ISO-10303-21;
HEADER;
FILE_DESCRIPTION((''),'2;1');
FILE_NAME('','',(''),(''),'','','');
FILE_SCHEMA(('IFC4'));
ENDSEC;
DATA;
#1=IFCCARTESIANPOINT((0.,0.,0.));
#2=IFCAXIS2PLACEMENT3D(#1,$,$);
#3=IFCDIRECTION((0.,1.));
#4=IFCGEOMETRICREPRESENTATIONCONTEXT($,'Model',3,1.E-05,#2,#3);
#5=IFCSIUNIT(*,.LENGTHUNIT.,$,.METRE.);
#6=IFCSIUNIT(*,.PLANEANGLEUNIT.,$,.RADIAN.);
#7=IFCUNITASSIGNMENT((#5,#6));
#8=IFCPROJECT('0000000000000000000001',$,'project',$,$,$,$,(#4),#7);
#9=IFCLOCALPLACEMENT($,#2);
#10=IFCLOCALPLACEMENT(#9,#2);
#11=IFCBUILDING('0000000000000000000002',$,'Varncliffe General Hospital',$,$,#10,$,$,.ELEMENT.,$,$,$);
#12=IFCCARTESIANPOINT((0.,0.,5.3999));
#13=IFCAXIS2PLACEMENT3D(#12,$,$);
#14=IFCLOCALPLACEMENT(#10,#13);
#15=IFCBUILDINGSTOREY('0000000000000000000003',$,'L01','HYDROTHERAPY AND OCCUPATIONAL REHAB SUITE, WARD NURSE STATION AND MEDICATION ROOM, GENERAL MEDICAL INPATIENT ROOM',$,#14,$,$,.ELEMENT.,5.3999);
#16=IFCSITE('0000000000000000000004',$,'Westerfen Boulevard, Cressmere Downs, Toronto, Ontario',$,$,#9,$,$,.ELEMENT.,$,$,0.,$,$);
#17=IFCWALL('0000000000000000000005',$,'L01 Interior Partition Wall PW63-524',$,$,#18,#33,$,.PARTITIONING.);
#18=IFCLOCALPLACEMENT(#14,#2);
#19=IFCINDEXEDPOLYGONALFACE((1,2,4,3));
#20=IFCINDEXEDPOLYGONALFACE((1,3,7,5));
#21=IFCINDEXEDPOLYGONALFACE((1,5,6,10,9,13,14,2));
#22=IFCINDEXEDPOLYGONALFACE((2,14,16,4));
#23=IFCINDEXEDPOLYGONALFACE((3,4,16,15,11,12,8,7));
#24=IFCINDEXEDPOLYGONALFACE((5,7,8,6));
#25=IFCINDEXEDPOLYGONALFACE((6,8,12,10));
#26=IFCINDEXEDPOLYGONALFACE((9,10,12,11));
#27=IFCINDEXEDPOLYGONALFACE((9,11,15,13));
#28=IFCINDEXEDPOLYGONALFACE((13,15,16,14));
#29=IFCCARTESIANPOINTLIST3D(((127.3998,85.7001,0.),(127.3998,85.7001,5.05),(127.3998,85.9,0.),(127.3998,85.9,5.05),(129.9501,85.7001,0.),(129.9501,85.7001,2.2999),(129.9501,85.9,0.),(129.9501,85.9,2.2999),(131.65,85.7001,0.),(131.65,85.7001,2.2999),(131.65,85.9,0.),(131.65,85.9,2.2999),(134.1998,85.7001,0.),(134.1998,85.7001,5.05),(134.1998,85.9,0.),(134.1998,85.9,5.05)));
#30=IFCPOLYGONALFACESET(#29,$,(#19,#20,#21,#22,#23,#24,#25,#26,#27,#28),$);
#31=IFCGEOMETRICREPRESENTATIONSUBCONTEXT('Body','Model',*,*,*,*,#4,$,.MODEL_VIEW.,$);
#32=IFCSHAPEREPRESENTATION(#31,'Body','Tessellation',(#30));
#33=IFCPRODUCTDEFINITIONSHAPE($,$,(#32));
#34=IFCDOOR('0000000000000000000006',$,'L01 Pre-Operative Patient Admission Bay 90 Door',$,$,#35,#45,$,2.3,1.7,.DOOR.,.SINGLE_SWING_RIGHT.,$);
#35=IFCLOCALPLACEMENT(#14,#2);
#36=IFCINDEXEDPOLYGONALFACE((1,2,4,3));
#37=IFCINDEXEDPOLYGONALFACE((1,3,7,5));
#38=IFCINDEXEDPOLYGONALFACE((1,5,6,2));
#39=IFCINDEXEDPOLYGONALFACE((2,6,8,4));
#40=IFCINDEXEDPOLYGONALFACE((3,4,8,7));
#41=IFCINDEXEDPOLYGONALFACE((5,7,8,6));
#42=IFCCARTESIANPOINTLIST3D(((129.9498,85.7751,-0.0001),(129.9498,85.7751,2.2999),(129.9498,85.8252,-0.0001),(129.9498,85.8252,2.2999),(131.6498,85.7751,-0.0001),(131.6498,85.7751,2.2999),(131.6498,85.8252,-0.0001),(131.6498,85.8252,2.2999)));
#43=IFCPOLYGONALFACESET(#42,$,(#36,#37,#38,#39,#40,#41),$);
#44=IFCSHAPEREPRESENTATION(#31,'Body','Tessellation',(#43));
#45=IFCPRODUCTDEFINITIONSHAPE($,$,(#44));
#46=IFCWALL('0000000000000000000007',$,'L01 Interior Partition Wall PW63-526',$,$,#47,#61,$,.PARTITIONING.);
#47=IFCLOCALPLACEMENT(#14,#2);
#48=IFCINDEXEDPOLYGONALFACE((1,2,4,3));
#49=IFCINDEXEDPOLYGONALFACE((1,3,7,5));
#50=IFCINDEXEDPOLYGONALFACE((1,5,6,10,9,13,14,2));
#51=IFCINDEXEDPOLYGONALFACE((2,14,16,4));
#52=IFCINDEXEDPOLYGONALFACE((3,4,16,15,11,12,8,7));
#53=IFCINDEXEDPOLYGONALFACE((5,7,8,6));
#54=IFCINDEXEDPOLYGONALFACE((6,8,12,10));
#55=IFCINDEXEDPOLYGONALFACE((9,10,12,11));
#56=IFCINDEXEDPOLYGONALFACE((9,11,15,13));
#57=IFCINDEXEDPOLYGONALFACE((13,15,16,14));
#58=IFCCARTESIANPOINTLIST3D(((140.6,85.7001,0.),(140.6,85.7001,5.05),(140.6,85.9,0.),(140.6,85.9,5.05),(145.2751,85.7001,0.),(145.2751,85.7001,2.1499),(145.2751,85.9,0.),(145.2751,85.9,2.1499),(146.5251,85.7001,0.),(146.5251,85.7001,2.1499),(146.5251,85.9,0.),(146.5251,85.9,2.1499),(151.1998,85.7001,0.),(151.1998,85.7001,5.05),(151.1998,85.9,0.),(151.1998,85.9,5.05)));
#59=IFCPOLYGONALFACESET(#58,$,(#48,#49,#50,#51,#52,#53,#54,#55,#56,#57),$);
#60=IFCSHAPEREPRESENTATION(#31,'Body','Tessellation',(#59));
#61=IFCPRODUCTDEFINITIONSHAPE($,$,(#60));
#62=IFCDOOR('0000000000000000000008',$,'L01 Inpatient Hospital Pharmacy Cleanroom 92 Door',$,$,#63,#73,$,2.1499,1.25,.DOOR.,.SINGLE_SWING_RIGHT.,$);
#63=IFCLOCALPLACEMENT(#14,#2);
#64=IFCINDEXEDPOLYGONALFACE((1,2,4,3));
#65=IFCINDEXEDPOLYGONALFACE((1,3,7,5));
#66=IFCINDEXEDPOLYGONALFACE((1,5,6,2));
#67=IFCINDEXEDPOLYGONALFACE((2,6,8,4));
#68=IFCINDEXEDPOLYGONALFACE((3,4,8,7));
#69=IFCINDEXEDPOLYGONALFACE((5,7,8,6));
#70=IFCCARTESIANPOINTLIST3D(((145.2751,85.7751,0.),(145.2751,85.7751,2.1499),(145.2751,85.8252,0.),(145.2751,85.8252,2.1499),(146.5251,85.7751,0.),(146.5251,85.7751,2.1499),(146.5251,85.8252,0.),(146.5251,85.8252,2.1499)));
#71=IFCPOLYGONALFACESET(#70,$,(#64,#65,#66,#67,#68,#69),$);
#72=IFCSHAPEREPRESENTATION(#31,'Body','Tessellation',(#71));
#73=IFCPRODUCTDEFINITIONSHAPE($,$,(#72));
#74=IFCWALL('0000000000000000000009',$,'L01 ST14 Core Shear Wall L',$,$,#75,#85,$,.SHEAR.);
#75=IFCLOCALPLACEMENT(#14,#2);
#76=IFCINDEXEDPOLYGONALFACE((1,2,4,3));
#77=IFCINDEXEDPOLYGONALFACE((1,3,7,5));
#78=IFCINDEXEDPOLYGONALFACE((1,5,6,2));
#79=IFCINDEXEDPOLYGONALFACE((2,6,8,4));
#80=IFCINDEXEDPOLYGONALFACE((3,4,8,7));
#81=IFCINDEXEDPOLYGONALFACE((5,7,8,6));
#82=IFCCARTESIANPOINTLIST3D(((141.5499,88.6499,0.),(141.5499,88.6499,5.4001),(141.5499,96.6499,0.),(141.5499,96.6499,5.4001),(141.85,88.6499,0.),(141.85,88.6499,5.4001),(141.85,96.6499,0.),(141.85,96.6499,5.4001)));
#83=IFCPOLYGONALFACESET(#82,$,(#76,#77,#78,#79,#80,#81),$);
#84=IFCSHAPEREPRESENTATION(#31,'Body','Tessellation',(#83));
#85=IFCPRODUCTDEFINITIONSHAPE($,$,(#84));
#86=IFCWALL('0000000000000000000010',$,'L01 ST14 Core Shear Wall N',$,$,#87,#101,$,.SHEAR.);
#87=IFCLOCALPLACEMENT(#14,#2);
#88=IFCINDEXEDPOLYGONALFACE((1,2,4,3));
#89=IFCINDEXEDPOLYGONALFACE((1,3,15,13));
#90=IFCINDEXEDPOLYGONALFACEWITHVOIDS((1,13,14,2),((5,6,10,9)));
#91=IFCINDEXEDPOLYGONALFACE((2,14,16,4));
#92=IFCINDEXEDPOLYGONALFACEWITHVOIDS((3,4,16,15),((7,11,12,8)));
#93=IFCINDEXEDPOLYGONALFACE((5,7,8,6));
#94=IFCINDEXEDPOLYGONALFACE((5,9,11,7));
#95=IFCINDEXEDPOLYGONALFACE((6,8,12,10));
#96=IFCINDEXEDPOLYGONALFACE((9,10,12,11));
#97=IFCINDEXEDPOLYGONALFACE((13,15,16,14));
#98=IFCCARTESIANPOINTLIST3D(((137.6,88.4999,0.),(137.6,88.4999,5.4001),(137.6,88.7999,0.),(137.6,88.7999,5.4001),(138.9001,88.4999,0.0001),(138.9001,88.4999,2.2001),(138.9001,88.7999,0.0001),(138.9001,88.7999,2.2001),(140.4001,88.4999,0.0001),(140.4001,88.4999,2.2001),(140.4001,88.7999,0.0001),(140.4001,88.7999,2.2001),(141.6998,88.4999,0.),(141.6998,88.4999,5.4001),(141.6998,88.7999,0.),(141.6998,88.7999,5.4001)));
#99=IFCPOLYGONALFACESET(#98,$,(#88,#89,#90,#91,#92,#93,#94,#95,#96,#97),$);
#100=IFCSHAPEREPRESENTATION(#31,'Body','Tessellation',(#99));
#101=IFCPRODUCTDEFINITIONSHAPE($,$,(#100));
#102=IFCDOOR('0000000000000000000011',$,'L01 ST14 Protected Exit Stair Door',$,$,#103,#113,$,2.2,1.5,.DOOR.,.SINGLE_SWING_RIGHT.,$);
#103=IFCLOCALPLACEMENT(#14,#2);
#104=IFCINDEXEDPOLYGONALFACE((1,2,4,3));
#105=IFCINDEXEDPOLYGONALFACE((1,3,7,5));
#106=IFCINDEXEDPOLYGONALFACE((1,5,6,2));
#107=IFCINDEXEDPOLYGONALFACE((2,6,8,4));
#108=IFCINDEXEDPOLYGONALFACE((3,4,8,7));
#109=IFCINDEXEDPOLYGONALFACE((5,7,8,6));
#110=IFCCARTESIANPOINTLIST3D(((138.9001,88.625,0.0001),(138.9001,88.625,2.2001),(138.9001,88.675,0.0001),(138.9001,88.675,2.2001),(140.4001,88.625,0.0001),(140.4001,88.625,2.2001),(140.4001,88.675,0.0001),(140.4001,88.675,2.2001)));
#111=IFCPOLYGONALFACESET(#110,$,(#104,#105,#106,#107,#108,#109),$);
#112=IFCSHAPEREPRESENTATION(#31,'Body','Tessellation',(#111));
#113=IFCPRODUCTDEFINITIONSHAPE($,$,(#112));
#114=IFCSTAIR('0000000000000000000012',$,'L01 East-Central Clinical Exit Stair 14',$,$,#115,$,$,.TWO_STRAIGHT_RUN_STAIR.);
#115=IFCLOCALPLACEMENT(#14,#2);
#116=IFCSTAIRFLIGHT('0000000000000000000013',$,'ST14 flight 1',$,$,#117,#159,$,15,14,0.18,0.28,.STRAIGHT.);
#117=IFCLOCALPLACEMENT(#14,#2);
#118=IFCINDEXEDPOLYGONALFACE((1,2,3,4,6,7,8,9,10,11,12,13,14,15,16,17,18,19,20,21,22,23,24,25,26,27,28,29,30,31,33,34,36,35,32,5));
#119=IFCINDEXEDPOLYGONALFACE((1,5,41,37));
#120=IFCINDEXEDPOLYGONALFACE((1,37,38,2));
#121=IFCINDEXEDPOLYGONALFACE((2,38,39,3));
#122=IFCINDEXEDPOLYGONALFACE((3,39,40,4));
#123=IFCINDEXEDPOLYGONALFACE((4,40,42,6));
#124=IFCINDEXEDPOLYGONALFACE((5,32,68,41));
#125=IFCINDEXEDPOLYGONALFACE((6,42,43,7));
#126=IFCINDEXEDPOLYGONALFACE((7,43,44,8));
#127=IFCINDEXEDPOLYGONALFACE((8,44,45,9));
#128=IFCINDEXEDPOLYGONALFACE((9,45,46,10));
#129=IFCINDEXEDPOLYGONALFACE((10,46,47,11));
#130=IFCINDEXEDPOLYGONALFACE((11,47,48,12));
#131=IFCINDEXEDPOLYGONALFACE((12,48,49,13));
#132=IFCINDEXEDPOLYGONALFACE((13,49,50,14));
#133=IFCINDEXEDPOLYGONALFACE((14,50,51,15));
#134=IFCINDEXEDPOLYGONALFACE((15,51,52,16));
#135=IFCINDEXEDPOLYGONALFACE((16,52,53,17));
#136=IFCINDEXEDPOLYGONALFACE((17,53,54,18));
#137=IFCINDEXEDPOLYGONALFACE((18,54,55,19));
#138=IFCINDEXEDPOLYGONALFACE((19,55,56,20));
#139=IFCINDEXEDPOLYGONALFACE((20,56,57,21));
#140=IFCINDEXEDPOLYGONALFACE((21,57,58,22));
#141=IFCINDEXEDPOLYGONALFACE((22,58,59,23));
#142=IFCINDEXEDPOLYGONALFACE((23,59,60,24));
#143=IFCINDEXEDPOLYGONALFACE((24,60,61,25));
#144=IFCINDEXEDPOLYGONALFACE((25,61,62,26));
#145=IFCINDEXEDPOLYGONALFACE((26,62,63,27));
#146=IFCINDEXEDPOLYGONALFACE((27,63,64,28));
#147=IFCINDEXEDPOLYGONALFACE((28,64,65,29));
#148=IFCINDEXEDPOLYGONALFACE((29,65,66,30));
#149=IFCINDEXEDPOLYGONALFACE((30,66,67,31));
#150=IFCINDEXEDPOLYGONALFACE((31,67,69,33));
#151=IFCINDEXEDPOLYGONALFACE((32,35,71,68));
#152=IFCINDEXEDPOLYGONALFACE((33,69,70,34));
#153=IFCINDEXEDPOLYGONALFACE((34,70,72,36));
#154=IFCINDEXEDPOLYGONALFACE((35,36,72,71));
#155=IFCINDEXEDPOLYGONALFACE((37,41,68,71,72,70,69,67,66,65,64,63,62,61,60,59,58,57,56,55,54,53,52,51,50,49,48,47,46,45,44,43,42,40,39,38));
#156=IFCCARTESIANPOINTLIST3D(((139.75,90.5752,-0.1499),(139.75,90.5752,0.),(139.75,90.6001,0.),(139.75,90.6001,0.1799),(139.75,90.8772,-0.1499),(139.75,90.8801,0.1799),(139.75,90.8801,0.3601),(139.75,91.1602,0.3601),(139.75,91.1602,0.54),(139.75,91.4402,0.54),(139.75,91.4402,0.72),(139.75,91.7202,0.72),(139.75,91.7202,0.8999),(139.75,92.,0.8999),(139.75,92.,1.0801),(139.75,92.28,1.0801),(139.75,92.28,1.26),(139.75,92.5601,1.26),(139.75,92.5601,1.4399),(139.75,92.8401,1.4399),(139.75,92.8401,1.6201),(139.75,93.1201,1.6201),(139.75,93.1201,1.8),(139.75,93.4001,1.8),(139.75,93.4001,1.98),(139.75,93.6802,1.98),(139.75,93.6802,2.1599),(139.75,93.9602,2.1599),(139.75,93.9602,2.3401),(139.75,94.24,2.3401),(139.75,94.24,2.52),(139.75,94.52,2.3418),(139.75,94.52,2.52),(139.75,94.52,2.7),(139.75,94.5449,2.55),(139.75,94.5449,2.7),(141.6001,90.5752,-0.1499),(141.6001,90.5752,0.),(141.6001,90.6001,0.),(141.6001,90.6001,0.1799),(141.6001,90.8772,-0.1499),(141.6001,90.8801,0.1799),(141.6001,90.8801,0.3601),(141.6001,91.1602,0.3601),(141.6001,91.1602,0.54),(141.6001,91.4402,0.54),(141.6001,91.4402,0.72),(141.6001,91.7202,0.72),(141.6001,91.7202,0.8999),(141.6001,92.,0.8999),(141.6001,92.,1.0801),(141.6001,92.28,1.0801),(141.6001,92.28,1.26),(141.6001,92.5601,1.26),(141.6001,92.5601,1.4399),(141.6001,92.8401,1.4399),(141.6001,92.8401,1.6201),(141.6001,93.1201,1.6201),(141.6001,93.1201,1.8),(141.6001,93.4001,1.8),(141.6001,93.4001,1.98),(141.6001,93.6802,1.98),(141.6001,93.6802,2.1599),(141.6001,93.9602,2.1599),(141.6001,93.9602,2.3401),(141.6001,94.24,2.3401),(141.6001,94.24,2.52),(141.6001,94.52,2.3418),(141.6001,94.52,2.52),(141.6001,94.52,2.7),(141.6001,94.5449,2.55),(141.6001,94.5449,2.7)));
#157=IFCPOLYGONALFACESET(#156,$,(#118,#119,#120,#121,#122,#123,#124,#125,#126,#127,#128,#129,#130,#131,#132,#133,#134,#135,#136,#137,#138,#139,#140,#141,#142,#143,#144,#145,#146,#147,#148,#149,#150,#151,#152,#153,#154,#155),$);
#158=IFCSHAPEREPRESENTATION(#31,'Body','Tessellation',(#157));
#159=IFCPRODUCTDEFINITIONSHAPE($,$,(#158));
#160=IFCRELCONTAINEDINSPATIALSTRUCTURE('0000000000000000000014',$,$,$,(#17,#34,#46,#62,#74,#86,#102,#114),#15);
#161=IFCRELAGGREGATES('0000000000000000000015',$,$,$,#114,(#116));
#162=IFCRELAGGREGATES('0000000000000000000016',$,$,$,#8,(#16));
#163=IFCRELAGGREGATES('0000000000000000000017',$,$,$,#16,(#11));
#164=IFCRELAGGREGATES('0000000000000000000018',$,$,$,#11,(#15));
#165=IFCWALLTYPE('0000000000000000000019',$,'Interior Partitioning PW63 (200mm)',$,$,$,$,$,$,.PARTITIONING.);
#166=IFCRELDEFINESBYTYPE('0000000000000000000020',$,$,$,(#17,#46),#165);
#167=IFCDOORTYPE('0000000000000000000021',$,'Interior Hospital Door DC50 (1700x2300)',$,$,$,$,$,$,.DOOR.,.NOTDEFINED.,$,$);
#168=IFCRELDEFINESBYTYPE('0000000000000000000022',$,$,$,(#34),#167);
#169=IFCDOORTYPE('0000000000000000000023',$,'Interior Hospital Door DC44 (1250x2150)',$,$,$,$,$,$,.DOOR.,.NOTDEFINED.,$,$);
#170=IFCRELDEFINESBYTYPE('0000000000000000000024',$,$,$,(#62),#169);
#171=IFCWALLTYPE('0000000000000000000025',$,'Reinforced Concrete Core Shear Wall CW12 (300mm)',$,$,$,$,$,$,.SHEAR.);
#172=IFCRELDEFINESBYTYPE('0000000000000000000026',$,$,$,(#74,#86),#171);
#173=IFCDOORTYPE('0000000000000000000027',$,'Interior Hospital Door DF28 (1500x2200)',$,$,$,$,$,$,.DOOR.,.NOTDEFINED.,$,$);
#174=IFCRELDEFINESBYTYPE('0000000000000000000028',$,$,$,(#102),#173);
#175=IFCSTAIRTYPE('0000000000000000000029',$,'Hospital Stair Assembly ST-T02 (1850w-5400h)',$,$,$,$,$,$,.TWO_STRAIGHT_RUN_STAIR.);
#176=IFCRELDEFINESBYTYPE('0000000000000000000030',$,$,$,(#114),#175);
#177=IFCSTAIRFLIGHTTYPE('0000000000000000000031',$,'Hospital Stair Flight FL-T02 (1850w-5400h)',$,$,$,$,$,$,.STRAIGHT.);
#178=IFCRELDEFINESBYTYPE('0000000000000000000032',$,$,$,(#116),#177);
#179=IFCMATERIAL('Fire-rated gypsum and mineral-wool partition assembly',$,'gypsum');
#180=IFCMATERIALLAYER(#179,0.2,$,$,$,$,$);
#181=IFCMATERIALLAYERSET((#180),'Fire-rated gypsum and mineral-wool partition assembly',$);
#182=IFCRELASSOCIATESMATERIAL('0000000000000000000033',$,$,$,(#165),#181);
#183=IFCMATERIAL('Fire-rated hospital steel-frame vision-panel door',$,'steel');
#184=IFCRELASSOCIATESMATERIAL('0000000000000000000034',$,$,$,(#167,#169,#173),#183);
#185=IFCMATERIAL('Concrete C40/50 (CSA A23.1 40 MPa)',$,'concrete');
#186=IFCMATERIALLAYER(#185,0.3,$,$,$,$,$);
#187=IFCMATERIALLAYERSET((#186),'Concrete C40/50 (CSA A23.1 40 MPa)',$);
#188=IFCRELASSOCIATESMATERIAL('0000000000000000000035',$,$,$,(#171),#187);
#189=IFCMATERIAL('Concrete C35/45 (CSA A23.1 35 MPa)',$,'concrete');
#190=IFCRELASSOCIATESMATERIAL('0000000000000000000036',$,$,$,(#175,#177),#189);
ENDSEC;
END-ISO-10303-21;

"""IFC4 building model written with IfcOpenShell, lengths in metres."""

from ifc_helpers import new_model, si_unit, direction, frame, frame_2d, origin, place, context, subcontext, project, spatial, polyline, rectangle, outline, extrude, material, layer, layer_set, type_object, element, fill, aggregate, save


model = new_model("IFC4")

# Units and contexts
model_context = context("Model", 3, precision=1e-05, world=origin(), true_north=direction((0.0, 1.0)))
body_context = subcontext(model_context, "Body", "Model", "MODEL_VIEW")
ifc_project = project(units=[si_unit("LENGTHUNIT", "METRE"), si_unit("PLANEANGLEUNIT", "RADIAN")], contexts=[model_context])

# Site, building, storey
site_placement = place(None, origin())
site = spatial("IfcSite", under=ifc_project, at=site_placement, Name="Westerfen Boulevard, Cressmere Downs, Toronto, Ontario", CompositionType="ELEMENT", RefElevation=0.0)
building_placement = place(site_placement, origin())
building = spatial("IfcBuilding", under=site, at=building_placement, Name="Varncliffe General Hospital", CompositionType="ELEMENT")
storey_placement = place(building_placement, frame((0.0, 0.0, 5.3999)))
storey = spatial("IfcBuildingStorey", under=building, at=storey_placement, Name="L01", Description="HYDROTHERAPY AND OCCUPATIONAL REHAB SUITE, WARD NURSE STATION AND MEDICATION ROOM, GENERAL MEDICAL INPATIENT ROOM", CompositionType="ELEMENT", Elevation=5.3999)

# Shared definitions
ifc_material_1 = material(Name="Concrete C40/50 (CSA A23.1 40 MPa)", Category="concrete")

# Shared definitions
ifc_material_2 = material(Name="Concrete C35/45 (CSA A23.1 35 MPa)", Category="concrete")

# Shared definitions
ifc_material_3 = material(Name="Fire-rated gypsum and mineral-wool partition assembly", Category="gypsum")
ifc_material_4 = material(Name="Fire-rated hospital steel-frame vision-panel door", Category="steel")

# Walls, openings, doors
ifc_layer_1 = layer(ifc_material_3, 0.2)
ifc_layer_set_1 = layer_set([ifc_layer_1], Name="Fire-rated gypsum and mineral-wool partition assembly")
wall_type_1 = type_object("IfcWallType", Name="Interior Partitioning PW63 (200mm)", PredefinedType="PARTITIONING", material=ifc_layer_set_1)
wall_1_placement = place(storey_placement, frame((127.3999, 85.8, 0.0), z_axis=(0.0, 0.0, 1.0), x_axis=(1.0, 0.0, 0.0)))
wall_1 = element("IfcWall", 1, at=wall_1_placement, inside=storey, type_object=wall_type_1, Name="L01 Interior Partition Wall PW63-524", PredefinedType="PARTITIONING", context=body_context, shape_type="SweptSolid", body=[
    extrude(rectangle(XDim=6.8, YDim=0.2, at=frame_2d((3.3999, 0.0))), origin(), (0.0, 0.0, 1.0), 5.05),
])
opening_1_placement = place(wall_1_placement, frame((2.55, 0.0, 0.0)))
opening_1 = element("IfcOpeningElement", 2, at=opening_1_placement, cuts=wall_1, PredefinedType="OPENING", context=body_context, shape_type="SweptSolid", body=[
    extrude(rectangle(XDim=1.7, YDim=2.3, at=frame_2d((0.8501, 1.1499))), frame((0.0, 0.1099, 0.0), z_axis=(0.0, -1.0, 0.0), x_axis=(1.0, 0.0, 0.0)), (0.0, 0.0, 1.0), 0.22),
])
door_type_1 = type_object("IfcDoorType", Name="Interior Hospital Door DC50 (1700x2300)", OperationType="NOTDEFINED", PredefinedType="DOOR", material=ifc_material_4)
door_1_placement = place(opening_1_placement, frame((1.7, 0.0, 0.0), z_axis=(0.0, 0.0, 1.0), x_axis=(-1.0, 0.0, 0.0)))
door_1 = element("IfcDoor", 3, at=door_1_placement, inside=storey, type_object=door_type_1, Name="L01 Pre-Operative Patient Admission Bay 90 Door", OperationType="SINGLE_SWING_RIGHT", OverallHeight=2.3, OverallWidth=1.7, PredefinedType="DOOR", context=body_context, shape_type="SweptSolid", body=[
    extrude(rectangle(XDim=1.7, YDim=2.3, at=frame_2d((0.8501, 1.1499))), frame((0.0, 0.0249, 0.0), z_axis=(0.0, -1.0, 0.0), x_axis=(1.0, 0.0, 0.0)), (0.0, 0.0, 1.0), 0.05),
])
fill(opening_1, door_1)
wall_2_placement = place(storey_placement, frame((140.6001, 85.8, 0.0), z_axis=(0.0, 0.0, 1.0), x_axis=(1.0, 0.0, 0.0)))
wall_2 = element("IfcWall", 4, at=wall_2_placement, inside=storey, type_object=wall_type_1, Name="L01 Interior Partition Wall PW63-526", PredefinedType="PARTITIONING", context=body_context, shape_type="SweptSolid", body=[
    extrude(rectangle(XDim=10.5999, YDim=0.2, at=frame_2d((5.2998, 0.0))), origin(), (0.0, 0.0, 1.0), 5.05),
])
opening_2_placement = place(wall_2_placement, frame((4.675, 0.0, 0.0)))
opening_2 = element("IfcOpeningElement", 5, at=opening_2_placement, cuts=wall_2, PredefinedType="OPENING", context=body_context, shape_type="SweptSolid", body=[
    extrude(rectangle(XDim=1.25, YDim=2.1499, at=frame_2d((0.625, 1.075))), frame((0.0, 0.1099, 0.0), z_axis=(0.0, -1.0, 0.0), x_axis=(1.0, 0.0, 0.0)), (0.0, 0.0, 1.0), 0.22),
])
door_type_2 = type_object("IfcDoorType", Name="Interior Hospital Door DC44 (1250x2150)", OperationType="NOTDEFINED", PredefinedType="DOOR", material=ifc_material_4)
door_2_placement = place(opening_2_placement, frame((1.25, 0.0, 0.0), z_axis=(0.0, 0.0, 1.0), x_axis=(-1.0, 0.0, 0.0)))
door_2 = element("IfcDoor", 6, at=door_2_placement, inside=storey, type_object=door_type_2, Name="L01 Inpatient Hospital Pharmacy Cleanroom 92 Door", OperationType="SINGLE_SWING_RIGHT", OverallHeight=2.1499, OverallWidth=1.25, PredefinedType="DOOR", context=body_context, shape_type="SweptSolid", body=[
    extrude(rectangle(XDim=1.25, YDim=2.1499, at=frame_2d((0.625, 1.075))), frame((0.0, 0.0249, 0.0), z_axis=(0.0, -1.0, 0.0), x_axis=(1.0, 0.0, 0.0)), (0.0, 0.0, 1.0), 0.05),
])
fill(opening_2, door_2)

# Wall
ifc_layer_2 = layer(ifc_material_1, 0.3)
ifc_layer_set_2 = layer_set([ifc_layer_2], Name="Concrete C40/50 (CSA A23.1 40 MPa)")
wall_type_2 = type_object("IfcWallType", Name="Reinforced Concrete Core Shear Wall CW12 (300mm)", PredefinedType="SHEAR", material=ifc_layer_set_2)
wall_3_placement = place(storey_placement, frame((141.7, 88.6499, 0.0), z_axis=(0.0, 0.0, 1.0), x_axis=(0.0, 1.0, 0.0)))
element("IfcWall", 7, at=wall_3_placement, inside=storey, type_object=wall_type_2, Name="L01 ST14 Core Shear Wall L", PredefinedType="SHEAR", context=body_context, shape_type="SweptSolid", body=[
    extrude(rectangle(XDim=8.0, YDim=0.3, at=frame_2d((4.0, 0.0))), origin(), (0.0, 0.0, 1.0), 5.4001),
])

# Wall, opening, door
wall_4_placement = place(storey_placement, frame((137.6001, 88.6499, 0.0), z_axis=(0.0, 0.0, 1.0), x_axis=(1.0, 0.0, 0.0)))
wall_4 = element("IfcWall", 8, at=wall_4_placement, inside=storey, type_object=wall_type_2, Name="L01 ST14 Core Shear Wall N", PredefinedType="SHEAR", context=body_context, shape_type="SweptSolid", body=[
    extrude(rectangle(XDim=4.0999, YDim=0.3, at=frame_2d((2.0498, 0.0))), origin(), (0.0, 0.0, 1.0), 5.4001),
])
opening_3_placement = place(wall_4_placement, frame((1.3, 0.0, 0.0)))
opening_3 = element("IfcOpeningElement", 9, at=opening_3_placement, cuts=wall_4, PredefinedType="OPENING", context=body_context, shape_type="SweptSolid", body=[
    extrude(rectangle(XDim=1.5, YDim=2.2, at=frame_2d((0.75, 1.1001))), frame((0.0, 0.1602, 0.0), z_axis=(0.0, -1.0, 0.0), x_axis=(1.0, 0.0, 0.0)), (0.0, 0.0, 1.0), 0.3201),
])
door_type_3 = type_object("IfcDoorType", Name="Interior Hospital Door DF28 (1500x2200)", OperationType="NOTDEFINED", PredefinedType="DOOR", material=ifc_material_4)
door_3_placement = place(opening_3_placement, frame((1.5, 0.0, 0.0), z_axis=(0.0, 0.0, 1.0), x_axis=(-1.0, 0.0, 0.0)))
door_3 = element("IfcDoor", 10, at=door_3_placement, inside=storey, type_object=door_type_3, Name="L01 ST14 Protected Exit Stair Door", OperationType="SINGLE_SWING_RIGHT", OverallHeight=2.2, OverallWidth=1.5, PredefinedType="DOOR", context=body_context, shape_type="SweptSolid", body=[
    extrude(rectangle(XDim=1.5, YDim=2.2, at=frame_2d((0.75, 1.1001))), frame((0.0, 0.0249, 0.0), z_axis=(0.0, -1.0, 0.0), x_axis=(1.0, 0.0, 0.0)), (0.0, 0.0, 1.0), 0.05),
])
fill(opening_3, door_3)

# Stair, stair flight
stair_type = type_object("IfcStairType", Name="Hospital Stair Assembly ST-T02 (1850w-5400h)", PredefinedType="TWO_STRAIGHT_RUN_STAIR", material=ifc_material_2)
stair_placement = place(storey_placement, origin())
stair = element("IfcStair", 11, at=stair_placement, inside=storey, type_object=stair_type, Name="L01 East-Central Clinical Exit Stair 14", PredefinedType="TWO_STRAIGHT_RUN_STAIR")
stair_flight_type = type_object("IfcStairFlightType", Name="Hospital Stair Flight FL-T02 (1850w-5400h)", PredefinedType="STRAIGHT", material=ifc_material_2)
stair_flight_placement = place(storey_placement, frame((140.675, 90.6001, 0.0), z_axis=(0.0, 0.0, 1.0), x_axis=(0.0, 1.0, 0.0)))
stair_flight = element("IfcStairFlight", 12, at=stair_flight_placement, type_object=stair_flight_type, Name="ST14 flight 1", NumberOfRisers=15, NumberOfTreads=14, PredefinedType="STRAIGHT", RiserHeight=0.18, TreadLength=0.28, context=body_context, shape_type="SweptSolid", body=[
    extrude(outline(polyline([(-0.0249, -0.1499), (-0.0249, 0.0), (0.0, 0.0), (0.0, 0.1799), (0.28, 0.1799), (0.28, 0.3601), (0.5601, 0.3601), (0.5601, 0.54), (0.8401, 0.54), (0.8401, 0.72), (1.1201, 0.72), (1.1201, 0.8999), (1.3999, 0.8999), (1.3999, 1.0801), (1.6799, 1.0801), (1.6799, 1.26), (1.96, 1.26), (1.96, 1.4399), (2.24, 1.4399), (2.24, 1.6201), (2.52, 1.6201), (2.52, 1.8), (2.8, 1.8), (2.8, 1.98), (3.0801, 1.98), (3.0801, 2.1599), (3.3601, 2.1599), (3.3601, 2.3401), (3.6399, 2.3401), (3.6399, 2.52), (3.9199, 2.52), (3.9199, 2.7), (3.9448, 2.7), (3.9448, 2.55), (3.9199, 2.3418), (0.2771, -0.1499), (-0.0249, -0.1499)])), frame((0.0, 0.925, 0.0), z_axis=(0.0, -1.0, 0.0), x_axis=(1.0, 0.0, 0.0)), (0.0, 0.0, 1.0), 1.8501),
])
aggregate(stair, [stair_flight])

save(model, "model.ifc")
